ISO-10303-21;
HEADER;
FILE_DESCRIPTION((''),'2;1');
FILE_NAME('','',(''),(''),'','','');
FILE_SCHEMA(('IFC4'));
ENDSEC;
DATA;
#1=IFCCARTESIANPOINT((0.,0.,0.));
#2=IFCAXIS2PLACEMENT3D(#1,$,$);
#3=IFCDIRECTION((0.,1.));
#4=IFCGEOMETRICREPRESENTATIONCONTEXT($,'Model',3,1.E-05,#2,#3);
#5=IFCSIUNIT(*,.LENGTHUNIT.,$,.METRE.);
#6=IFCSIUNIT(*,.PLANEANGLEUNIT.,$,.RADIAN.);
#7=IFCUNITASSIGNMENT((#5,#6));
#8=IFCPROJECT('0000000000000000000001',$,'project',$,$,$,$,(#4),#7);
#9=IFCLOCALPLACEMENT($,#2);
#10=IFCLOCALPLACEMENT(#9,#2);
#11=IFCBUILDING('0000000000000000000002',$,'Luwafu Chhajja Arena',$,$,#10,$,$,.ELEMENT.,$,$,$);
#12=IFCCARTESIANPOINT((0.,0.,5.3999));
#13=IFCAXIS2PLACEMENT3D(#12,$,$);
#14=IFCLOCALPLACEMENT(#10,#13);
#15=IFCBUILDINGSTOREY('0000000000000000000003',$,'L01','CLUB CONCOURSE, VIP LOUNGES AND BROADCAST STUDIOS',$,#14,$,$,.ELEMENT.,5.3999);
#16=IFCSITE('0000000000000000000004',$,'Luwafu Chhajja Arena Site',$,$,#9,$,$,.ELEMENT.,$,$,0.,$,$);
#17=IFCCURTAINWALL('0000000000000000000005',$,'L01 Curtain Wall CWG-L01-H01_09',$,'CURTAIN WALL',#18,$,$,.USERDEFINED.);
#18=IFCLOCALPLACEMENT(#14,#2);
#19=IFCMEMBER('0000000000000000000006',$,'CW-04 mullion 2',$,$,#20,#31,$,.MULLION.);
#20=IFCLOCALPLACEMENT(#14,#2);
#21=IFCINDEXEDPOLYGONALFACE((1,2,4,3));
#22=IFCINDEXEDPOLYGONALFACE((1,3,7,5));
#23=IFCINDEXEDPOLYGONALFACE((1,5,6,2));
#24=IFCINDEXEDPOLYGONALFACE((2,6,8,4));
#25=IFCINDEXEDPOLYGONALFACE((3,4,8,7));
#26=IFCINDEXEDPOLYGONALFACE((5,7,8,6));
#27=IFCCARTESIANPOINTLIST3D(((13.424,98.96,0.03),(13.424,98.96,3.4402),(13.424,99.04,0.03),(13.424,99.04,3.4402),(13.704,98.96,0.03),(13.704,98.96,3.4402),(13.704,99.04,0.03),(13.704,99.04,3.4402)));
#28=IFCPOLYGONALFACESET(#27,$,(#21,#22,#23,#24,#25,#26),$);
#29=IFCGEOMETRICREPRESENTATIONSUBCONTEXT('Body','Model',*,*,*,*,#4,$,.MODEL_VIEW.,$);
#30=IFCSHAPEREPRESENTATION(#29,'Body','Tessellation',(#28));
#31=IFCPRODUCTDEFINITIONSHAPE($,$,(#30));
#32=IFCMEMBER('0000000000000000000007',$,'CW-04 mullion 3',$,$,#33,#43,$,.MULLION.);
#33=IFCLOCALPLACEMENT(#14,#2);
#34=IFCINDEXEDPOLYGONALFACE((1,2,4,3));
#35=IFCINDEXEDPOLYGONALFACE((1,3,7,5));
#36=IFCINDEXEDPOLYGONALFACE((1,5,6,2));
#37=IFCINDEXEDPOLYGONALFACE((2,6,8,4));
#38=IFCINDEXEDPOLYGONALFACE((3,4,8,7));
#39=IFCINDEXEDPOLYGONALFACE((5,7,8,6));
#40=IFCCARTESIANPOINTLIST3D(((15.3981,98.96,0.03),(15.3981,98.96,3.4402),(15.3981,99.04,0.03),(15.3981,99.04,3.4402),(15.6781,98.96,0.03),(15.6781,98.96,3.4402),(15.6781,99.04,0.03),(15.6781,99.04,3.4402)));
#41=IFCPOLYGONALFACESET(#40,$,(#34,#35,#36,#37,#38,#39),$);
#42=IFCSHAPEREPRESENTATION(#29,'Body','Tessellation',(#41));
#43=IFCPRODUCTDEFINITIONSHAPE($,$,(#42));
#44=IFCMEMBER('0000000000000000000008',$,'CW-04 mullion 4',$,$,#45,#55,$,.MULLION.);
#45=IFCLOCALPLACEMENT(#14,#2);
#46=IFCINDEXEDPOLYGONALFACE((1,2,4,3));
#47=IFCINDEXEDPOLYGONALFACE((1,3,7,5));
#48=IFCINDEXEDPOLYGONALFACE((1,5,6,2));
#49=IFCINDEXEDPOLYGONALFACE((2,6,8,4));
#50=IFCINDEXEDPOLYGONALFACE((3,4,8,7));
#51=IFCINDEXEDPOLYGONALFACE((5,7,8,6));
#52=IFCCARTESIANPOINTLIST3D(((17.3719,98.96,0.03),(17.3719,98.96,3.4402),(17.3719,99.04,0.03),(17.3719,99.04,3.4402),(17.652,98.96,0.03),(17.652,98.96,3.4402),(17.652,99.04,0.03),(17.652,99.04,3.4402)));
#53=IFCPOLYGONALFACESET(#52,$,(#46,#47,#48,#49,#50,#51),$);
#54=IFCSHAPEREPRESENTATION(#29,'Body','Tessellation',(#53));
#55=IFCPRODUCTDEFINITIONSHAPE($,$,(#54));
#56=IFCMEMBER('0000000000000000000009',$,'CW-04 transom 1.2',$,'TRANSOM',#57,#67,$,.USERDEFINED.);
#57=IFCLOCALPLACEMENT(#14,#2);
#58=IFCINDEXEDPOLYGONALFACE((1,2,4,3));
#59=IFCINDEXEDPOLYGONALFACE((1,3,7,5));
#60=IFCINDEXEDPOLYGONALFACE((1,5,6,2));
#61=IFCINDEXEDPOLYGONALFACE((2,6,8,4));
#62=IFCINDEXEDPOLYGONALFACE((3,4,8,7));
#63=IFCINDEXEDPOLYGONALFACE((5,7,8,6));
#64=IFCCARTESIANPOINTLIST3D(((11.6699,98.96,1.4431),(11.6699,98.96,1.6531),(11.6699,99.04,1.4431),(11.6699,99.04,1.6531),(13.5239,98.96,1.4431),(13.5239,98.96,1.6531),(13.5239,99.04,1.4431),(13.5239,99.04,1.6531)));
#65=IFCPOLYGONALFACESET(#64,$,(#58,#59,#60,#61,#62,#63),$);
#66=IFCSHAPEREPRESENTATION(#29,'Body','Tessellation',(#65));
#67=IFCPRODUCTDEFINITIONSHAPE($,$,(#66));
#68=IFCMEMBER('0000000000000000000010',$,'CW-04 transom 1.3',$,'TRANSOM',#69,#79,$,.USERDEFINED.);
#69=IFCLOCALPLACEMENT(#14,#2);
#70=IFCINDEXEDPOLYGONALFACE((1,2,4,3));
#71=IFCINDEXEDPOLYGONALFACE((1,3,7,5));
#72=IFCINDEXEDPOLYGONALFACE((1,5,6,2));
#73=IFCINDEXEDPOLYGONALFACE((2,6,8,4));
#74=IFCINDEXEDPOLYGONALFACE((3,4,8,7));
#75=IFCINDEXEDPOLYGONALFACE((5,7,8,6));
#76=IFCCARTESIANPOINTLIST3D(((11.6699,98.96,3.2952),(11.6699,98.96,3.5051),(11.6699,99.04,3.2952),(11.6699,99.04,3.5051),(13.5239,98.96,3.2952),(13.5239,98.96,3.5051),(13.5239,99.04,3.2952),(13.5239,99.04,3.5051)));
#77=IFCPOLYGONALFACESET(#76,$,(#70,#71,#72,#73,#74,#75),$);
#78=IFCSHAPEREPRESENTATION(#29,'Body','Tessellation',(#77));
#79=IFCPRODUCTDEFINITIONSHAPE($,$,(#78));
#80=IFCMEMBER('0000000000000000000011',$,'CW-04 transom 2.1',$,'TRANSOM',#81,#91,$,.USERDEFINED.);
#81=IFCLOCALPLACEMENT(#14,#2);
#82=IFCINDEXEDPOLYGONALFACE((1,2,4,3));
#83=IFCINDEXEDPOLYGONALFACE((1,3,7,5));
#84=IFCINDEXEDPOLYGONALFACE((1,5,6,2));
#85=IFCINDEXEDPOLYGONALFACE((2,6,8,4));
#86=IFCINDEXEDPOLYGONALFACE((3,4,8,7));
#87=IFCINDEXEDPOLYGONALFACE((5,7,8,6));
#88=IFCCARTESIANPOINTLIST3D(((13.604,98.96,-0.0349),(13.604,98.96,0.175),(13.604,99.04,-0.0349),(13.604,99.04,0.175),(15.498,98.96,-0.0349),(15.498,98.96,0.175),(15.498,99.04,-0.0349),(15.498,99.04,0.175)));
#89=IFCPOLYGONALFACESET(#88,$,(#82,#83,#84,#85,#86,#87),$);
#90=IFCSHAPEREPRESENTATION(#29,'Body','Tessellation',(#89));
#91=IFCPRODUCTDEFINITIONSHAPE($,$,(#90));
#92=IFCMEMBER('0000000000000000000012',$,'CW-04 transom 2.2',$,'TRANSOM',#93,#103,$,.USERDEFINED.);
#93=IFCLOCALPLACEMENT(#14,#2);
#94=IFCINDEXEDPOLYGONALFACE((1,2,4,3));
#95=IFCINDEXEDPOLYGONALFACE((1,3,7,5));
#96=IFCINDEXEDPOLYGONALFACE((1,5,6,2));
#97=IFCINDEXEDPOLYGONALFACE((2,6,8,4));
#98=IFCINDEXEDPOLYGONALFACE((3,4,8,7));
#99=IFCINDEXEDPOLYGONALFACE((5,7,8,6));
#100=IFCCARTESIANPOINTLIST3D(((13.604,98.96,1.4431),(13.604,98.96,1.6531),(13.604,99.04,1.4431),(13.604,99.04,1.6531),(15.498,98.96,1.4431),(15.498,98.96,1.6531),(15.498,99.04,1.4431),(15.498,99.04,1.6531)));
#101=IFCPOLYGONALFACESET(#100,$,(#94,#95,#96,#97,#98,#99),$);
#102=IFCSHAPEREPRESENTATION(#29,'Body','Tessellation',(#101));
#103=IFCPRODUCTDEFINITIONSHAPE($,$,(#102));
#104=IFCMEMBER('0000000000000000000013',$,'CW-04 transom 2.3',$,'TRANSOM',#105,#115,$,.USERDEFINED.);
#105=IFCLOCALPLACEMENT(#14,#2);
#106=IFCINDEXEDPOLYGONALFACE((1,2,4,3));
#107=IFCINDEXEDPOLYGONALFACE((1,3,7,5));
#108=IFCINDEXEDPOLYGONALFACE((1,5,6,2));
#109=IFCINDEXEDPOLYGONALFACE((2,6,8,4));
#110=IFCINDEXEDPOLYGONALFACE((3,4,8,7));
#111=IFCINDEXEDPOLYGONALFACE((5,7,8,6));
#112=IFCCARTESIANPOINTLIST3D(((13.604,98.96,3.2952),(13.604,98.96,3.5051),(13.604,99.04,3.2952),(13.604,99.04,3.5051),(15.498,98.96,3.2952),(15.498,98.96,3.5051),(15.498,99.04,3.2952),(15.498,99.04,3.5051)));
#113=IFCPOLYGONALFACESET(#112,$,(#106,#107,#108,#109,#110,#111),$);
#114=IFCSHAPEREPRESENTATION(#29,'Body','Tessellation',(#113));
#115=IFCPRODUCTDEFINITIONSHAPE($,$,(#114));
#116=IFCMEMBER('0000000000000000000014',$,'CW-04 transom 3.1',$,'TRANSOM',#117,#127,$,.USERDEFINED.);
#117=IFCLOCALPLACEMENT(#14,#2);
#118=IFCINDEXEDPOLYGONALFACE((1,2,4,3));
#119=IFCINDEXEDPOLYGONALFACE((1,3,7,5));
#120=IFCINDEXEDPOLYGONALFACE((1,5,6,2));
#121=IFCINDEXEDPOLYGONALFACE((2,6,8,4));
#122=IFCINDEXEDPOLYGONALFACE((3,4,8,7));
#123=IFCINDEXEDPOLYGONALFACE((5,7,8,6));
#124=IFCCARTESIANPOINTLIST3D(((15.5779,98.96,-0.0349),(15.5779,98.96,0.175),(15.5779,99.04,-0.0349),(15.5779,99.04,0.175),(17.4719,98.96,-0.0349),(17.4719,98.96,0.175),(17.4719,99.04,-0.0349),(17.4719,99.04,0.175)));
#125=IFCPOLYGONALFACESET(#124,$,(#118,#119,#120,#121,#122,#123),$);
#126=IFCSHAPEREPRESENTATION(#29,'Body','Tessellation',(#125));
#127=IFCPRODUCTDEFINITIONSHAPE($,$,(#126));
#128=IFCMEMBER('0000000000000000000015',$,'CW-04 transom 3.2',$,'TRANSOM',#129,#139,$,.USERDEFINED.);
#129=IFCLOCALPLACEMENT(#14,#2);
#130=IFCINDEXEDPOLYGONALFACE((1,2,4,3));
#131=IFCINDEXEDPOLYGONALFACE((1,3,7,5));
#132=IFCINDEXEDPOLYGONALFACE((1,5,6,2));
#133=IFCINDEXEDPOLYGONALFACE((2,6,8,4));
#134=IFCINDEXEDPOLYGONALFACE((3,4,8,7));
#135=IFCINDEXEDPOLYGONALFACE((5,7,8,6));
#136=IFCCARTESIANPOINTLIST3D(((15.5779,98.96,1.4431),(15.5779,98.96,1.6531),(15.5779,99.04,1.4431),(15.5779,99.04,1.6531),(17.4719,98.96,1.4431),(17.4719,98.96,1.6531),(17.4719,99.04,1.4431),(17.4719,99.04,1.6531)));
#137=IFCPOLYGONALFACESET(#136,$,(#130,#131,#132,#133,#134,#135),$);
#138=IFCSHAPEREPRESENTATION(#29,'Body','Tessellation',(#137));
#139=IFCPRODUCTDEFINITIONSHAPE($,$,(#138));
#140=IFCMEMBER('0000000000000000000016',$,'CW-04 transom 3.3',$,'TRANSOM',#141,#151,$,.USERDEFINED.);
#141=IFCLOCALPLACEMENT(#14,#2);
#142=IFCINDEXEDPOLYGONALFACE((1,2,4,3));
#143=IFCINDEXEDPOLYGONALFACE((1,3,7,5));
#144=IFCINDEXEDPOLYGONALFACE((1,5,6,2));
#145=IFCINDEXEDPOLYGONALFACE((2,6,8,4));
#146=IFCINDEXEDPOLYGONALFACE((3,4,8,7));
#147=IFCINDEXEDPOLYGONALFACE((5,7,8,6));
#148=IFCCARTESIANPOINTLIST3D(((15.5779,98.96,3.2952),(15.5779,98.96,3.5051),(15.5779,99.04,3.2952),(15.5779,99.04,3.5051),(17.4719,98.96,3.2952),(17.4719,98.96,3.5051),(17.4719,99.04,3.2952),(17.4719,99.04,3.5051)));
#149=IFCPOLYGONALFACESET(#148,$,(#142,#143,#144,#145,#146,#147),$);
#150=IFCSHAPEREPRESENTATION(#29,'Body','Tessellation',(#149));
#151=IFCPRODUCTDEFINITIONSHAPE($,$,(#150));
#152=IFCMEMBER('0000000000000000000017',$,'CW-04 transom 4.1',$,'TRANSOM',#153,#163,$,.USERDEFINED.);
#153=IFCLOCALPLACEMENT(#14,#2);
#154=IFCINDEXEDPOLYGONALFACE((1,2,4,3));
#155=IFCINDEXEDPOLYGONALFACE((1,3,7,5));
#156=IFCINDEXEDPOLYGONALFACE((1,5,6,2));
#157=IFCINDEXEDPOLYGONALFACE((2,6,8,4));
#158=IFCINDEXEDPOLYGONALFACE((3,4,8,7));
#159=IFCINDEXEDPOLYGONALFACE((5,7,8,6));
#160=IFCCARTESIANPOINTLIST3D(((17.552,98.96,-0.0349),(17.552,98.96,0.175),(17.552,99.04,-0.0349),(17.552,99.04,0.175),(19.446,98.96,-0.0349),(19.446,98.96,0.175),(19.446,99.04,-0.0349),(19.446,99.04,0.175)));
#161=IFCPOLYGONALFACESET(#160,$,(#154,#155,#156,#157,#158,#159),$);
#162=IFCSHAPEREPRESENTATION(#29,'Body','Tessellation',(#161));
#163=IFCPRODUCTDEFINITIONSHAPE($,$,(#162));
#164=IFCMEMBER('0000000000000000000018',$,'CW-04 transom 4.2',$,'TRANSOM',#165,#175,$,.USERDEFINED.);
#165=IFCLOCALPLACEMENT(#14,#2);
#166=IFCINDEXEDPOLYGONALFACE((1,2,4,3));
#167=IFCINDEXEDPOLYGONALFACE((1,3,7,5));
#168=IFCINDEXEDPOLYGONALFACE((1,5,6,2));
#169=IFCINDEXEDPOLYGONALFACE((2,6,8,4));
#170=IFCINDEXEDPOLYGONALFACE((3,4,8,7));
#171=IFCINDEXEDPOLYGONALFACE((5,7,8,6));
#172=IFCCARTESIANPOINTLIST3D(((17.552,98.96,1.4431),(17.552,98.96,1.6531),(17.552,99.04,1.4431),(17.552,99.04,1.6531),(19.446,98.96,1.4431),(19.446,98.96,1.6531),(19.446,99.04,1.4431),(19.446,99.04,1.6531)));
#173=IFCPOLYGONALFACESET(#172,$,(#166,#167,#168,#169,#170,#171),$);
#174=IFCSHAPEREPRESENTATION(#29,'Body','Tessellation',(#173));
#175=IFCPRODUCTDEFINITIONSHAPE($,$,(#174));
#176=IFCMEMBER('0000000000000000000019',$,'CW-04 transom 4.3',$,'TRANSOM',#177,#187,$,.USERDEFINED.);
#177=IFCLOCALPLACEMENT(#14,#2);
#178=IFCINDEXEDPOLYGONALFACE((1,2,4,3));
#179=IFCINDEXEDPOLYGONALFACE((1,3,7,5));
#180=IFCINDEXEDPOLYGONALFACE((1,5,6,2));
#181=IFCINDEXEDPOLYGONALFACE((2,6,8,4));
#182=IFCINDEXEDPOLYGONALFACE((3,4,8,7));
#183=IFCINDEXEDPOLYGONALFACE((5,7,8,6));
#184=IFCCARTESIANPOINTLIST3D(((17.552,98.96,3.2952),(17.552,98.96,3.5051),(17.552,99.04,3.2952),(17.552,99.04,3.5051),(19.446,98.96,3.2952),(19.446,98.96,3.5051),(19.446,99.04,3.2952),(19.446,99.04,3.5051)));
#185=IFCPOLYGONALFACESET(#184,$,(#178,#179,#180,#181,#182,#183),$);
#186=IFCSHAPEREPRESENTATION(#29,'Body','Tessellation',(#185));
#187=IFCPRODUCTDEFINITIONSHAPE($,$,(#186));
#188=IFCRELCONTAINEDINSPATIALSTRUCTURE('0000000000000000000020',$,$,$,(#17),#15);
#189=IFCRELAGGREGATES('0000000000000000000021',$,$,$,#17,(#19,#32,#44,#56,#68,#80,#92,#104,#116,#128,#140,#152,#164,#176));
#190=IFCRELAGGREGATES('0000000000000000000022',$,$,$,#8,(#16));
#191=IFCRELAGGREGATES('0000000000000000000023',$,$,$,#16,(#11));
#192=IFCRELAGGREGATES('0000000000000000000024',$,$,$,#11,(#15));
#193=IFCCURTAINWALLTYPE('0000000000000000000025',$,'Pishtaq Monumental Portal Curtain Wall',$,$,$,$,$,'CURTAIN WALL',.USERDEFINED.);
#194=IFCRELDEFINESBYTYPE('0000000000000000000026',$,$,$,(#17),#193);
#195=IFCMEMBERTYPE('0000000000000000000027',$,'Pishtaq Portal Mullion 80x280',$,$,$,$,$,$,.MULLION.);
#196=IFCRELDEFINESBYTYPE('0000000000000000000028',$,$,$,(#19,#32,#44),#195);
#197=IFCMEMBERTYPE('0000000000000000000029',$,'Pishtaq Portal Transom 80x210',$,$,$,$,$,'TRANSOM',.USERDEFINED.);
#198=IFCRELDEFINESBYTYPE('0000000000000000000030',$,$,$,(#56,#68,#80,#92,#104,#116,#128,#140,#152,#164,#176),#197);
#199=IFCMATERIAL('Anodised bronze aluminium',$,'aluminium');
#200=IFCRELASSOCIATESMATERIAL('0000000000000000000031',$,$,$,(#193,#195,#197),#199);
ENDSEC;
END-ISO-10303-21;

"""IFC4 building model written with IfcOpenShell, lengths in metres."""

from ifc_helpers import new_model, si_unit, direction, frame, origin, origin_2d, place, context, subcontext, project, spatial, rectangle, extrude, material, material_profile, profile_set, type_object, element, aggregate, save


model = new_model("IFC4")

# Units and contexts
model_context = context("Model", 3, precision=1e-05, world=origin(), true_north=direction((0.0, 1.0)))
body_context = subcontext(model_context, "Body", "Model", "MODEL_VIEW")
ifc_project = project(units=[si_unit("LENGTHUNIT", "METRE"), si_unit("PLANEANGLEUNIT", "RADIAN")], contexts=[model_context])

# Site, building, storey
site_placement = place(None, origin())
site = spatial("IfcSite", under=ifc_project, at=site_placement, Name="Luwafu Chhajja Arena Site", CompositionType="ELEMENT", RefElevation=0.0)
building_placement = place(site_placement, origin())
building = spatial("IfcBuilding", under=site, at=building_placement, Name="Luwafu Chhajja Arena", CompositionType="ELEMENT")
storey_placement = place(building_placement, frame((0.0, 0.0, 5.3999)))
storey = spatial("IfcBuildingStorey", under=building, at=storey_placement, Name="L01", Description="CLUB CONCOURSE, VIP LOUNGES AND BROADCAST STUDIOS", CompositionType="ELEMENT", Elevation=5.3999)

# Curtain wall, members
ifc_material_1 = material(Name="Anodised bronze aluminium", Category="aluminium")
curtain_wall_type = type_object("IfcCurtainWallType", Name="Pishtaq Monumental Portal Curtain Wall", ElementType="CURTAIN WALL", PredefinedType="USERDEFINED", material=ifc_material_1)
curtain_wall_placement = place(storey_placement, origin())
curtain_wall = element("IfcCurtainWall", 1, at=curtain_wall_placement, inside=storey, type_object=curtain_wall_type, Name="L01 Curtain Wall CWG-L01-H01_09", ObjectType="CURTAIN WALL", PredefinedType="USERDEFINED")
ifc_material_profile_1 = material_profile(ifc_material_1, rectangle(XDim=0.0801, YDim=0.28, at=origin_2d()), Name="CWM 80x280")
ifc_profile_set_1 = profile_set([ifc_material_profile_1], Name="Anodised bronze aluminium")
member_type_1 = type_object("IfcMemberType", Name="Pishtaq Portal Mullion 80x280", PredefinedType="MULLION", material=ifc_profile_set_1)
member_1_placement = place(storey_placement, frame((13.564, 99.0, 0.03), z_axis=(0.0, 0.0, 1.0), x_axis=(0.0, 1.0, 0.0)))
member_1 = element("IfcMember", 2, at=member_1_placement, type_object=member_type_1, Name="CW-04 mullion 2", PredefinedType="MULLION", context=body_context, shape_type="SweptSolid", body=[
    extrude(rectangle(XDim=0.0801, YDim=0.28, at=origin_2d()), origin(), (0.0, 0.0, 1.0), 3.4102),
])
member_2_placement = place(storey_placement, frame((15.5381, 99.0, 0.03), z_axis=(0.0, 0.0, 1.0), x_axis=(0.0, 1.0, 0.0)))
member_2 = element("IfcMember", 3, at=member_2_placement, type_object=member_type_1, Name="CW-04 mullion 3", PredefinedType="MULLION", context=body_context, shape_type="SweptSolid", body=[
    extrude(rectangle(XDim=0.0801, YDim=0.28, at=origin_2d()), origin(), (0.0, 0.0, 1.0), 3.4102),
])
member_3_placement = place(storey_placement, frame((17.512, 99.0, 0.03), z_axis=(0.0, 0.0, 1.0), x_axis=(0.0, 1.0, 0.0)))
member_3 = element("IfcMember", 4, at=member_3_placement, type_object=member_type_1, Name="CW-04 mullion 4", PredefinedType="MULLION", context=body_context, shape_type="SweptSolid", body=[
    extrude(rectangle(XDim=0.0801, YDim=0.28, at=origin_2d()), origin(), (0.0, 0.0, 1.0), 3.4102),
])
ifc_material_profile_2 = material_profile(ifc_material_1, rectangle(XDim=0.0801, YDim=0.21, at=origin_2d()), Name="CWT 80x210")
ifc_profile_set_2 = profile_set([ifc_material_profile_2], Name="Anodised bronze aluminium")
member_type_2 = type_object("IfcMemberType", Name="Pishtaq Portal Transom 80x210", ElementType="TRANSOM", PredefinedType="USERDEFINED", material=ifc_profile_set_2)
member_4_placement = place(storey_placement, frame((11.6699, 99.0, 1.5481), z_axis=(1.0, 0.0, 0.0), x_axis=(0.0, 1.0, 0.0)))
member_4 = element("IfcMember", 5, at=member_4_placement, type_object=member_type_2, Name="CW-04 transom 1.2", ObjectType="TRANSOM", PredefinedType="USERDEFINED", context=body_context, shape_type="SweptSolid", body=[
    extrude(rectangle(XDim=0.0801, YDim=0.21, at=origin_2d()), origin(), (0.0, 0.0, 1.0), 1.854),
])
member_5_placement = place(storey_placement, frame((11.6699, 99.0, 3.4001), z_axis=(1.0, 0.0, 0.0), x_axis=(0.0, 1.0, 0.0)))
member_5 = element("IfcMember", 6, at=member_5_placement, type_object=member_type_2, Name="CW-04 transom 1.3", ObjectType="TRANSOM", PredefinedType="USERDEFINED", context=body_context, shape_type="SweptSolid", body=[
    extrude(rectangle(XDim=0.0801, YDim=0.21, at=origin_2d()), origin(), (0.0, 0.0, 1.0), 1.854),
])
member_6_placement = place(storey_placement, frame((13.604, 99.0, 0.0701), z_axis=(1.0, 0.0, 0.0), x_axis=(0.0, 1.0, 0.0)))
member_6 = element("IfcMember", 7, at=member_6_placement, type_object=member_type_2, Name="CW-04 transom 2.1", ObjectType="TRANSOM", PredefinedType="USERDEFINED", context=body_context, shape_type="SweptSolid", body=[
    extrude(rectangle(XDim=0.0801, YDim=0.21, at=origin_2d()), origin(), (0.0, 0.0, 1.0), 1.894),
])
member_7_placement = place(storey_placement, frame((13.604, 99.0, 1.5481), z_axis=(1.0, 0.0, 0.0), x_axis=(0.0, 1.0, 0.0)))
member_7 = element("IfcMember", 8, at=member_7_placement, type_object=member_type_2, Name="CW-04 transom 2.2", ObjectType="TRANSOM", PredefinedType="USERDEFINED", context=body_context, shape_type="SweptSolid", body=[
    extrude(rectangle(XDim=0.0801, YDim=0.21, at=origin_2d()), origin(), (0.0, 0.0, 1.0), 1.894),
])
member_8_placement = place(storey_placement, frame((13.604, 99.0, 3.4001), z_axis=(1.0, 0.0, 0.0), x_axis=(0.0, 1.0, 0.0)))
member_8 = element("IfcMember", 9, at=member_8_placement, type_object=member_type_2, Name="CW-04 transom 2.3", ObjectType="TRANSOM", PredefinedType="USERDEFINED", context=body_context, shape_type="SweptSolid", body=[
    extrude(rectangle(XDim=0.0801, YDim=0.21, at=origin_2d()), origin(), (0.0, 0.0, 1.0), 1.894),
])
member_9_placement = place(storey_placement, frame((15.5779, 99.0, 0.0701), z_axis=(1.0, 0.0, 0.0), x_axis=(0.0, 1.0, 0.0)))
member_9 = element("IfcMember", 10, at=member_9_placement, type_object=member_type_2, Name="CW-04 transom 3.1", ObjectType="TRANSOM", PredefinedType="USERDEFINED", context=body_context, shape_type="SweptSolid", body=[
    extrude(rectangle(XDim=0.0801, YDim=0.21, at=origin_2d()), origin(), (0.0, 0.0, 1.0), 1.894),
])
member_10_placement = place(storey_placement, frame((15.5779, 99.0, 1.5481), z_axis=(1.0, 0.0, 0.0), x_axis=(0.0, 1.0, 0.0)))
member_10 = element("IfcMember", 11, at=member_10_placement, type_object=member_type_2, Name="CW-04 transom 3.2", ObjectType="TRANSOM", PredefinedType="USERDEFINED", context=body_context, shape_type="SweptSolid", body=[
    extrude(rectangle(XDim=0.0801, YDim=0.21, at=origin_2d()), origin(), (0.0, 0.0, 1.0), 1.894),
])
member_11_placement = place(storey_placement, frame((15.5779, 99.0, 3.4001), z_axis=(1.0, 0.0, 0.0), x_axis=(0.0, 1.0, 0.0)))
member_11 = element("IfcMember", 12, at=member_11_placement, type_object=member_type_2, Name="CW-04 transom 3.3", ObjectType="TRANSOM", PredefinedType="USERDEFINED", context=body_context, shape_type="SweptSolid", body=[
    extrude(rectangle(XDim=0.0801, YDim=0.21, at=origin_2d()), origin(), (0.0, 0.0, 1.0), 1.894),
])
member_12_placement = place(storey_placement, frame((17.552, 99.0, 0.0701), z_axis=(1.0, 0.0, 0.0), x_axis=(0.0, 1.0, 0.0)))
member_12 = element("IfcMember", 13, at=member_12_placement, type_object=member_type_2, Name="CW-04 transom 4.1", ObjectType="TRANSOM", PredefinedType="USERDEFINED", context=body_context, shape_type="SweptSolid", body=[
    extrude(rectangle(XDim=0.0801, YDim=0.21, at=origin_2d()), origin(), (0.0, 0.0, 1.0), 1.894),
])
member_13_placement = place(storey_placement, frame((17.552, 99.0, 1.5481), z_axis=(1.0, 0.0, 0.0), x_axis=(0.0, 1.0, 0.0)))
member_13 = element("IfcMember", 14, at=member_13_placement, type_object=member_type_2, Name="CW-04 transom 4.2", ObjectType="TRANSOM", PredefinedType="USERDEFINED", context=body_context, shape_type="SweptSolid", body=[
    extrude(rectangle(XDim=0.0801, YDim=0.21, at=origin_2d()), origin(), (0.0, 0.0, 1.0), 1.894),
])
member_14_placement = place(storey_placement, frame((17.552, 99.0, 3.4001), z_axis=(1.0, 0.0, 0.0), x_axis=(0.0, 1.0, 0.0)))
member_14 = element("IfcMember", 15, at=member_14_placement, type_object=member_type_2, Name="CW-04 transom 4.3", ObjectType="TRANSOM", PredefinedType="USERDEFINED", context=body_context, shape_type="SweptSolid", body=[
    extrude(rectangle(XDim=0.0801, YDim=0.21, at=origin_2d()), origin(), (0.0, 0.0, 1.0), 1.894),
])
aggregate(curtain_wall, [member_1, member_2, member_3, member_4, member_5, member_6, member_7, member_8, member_9, member_10, member_11, member_12, member_13, member_14])

save(model, "model.ifc")
